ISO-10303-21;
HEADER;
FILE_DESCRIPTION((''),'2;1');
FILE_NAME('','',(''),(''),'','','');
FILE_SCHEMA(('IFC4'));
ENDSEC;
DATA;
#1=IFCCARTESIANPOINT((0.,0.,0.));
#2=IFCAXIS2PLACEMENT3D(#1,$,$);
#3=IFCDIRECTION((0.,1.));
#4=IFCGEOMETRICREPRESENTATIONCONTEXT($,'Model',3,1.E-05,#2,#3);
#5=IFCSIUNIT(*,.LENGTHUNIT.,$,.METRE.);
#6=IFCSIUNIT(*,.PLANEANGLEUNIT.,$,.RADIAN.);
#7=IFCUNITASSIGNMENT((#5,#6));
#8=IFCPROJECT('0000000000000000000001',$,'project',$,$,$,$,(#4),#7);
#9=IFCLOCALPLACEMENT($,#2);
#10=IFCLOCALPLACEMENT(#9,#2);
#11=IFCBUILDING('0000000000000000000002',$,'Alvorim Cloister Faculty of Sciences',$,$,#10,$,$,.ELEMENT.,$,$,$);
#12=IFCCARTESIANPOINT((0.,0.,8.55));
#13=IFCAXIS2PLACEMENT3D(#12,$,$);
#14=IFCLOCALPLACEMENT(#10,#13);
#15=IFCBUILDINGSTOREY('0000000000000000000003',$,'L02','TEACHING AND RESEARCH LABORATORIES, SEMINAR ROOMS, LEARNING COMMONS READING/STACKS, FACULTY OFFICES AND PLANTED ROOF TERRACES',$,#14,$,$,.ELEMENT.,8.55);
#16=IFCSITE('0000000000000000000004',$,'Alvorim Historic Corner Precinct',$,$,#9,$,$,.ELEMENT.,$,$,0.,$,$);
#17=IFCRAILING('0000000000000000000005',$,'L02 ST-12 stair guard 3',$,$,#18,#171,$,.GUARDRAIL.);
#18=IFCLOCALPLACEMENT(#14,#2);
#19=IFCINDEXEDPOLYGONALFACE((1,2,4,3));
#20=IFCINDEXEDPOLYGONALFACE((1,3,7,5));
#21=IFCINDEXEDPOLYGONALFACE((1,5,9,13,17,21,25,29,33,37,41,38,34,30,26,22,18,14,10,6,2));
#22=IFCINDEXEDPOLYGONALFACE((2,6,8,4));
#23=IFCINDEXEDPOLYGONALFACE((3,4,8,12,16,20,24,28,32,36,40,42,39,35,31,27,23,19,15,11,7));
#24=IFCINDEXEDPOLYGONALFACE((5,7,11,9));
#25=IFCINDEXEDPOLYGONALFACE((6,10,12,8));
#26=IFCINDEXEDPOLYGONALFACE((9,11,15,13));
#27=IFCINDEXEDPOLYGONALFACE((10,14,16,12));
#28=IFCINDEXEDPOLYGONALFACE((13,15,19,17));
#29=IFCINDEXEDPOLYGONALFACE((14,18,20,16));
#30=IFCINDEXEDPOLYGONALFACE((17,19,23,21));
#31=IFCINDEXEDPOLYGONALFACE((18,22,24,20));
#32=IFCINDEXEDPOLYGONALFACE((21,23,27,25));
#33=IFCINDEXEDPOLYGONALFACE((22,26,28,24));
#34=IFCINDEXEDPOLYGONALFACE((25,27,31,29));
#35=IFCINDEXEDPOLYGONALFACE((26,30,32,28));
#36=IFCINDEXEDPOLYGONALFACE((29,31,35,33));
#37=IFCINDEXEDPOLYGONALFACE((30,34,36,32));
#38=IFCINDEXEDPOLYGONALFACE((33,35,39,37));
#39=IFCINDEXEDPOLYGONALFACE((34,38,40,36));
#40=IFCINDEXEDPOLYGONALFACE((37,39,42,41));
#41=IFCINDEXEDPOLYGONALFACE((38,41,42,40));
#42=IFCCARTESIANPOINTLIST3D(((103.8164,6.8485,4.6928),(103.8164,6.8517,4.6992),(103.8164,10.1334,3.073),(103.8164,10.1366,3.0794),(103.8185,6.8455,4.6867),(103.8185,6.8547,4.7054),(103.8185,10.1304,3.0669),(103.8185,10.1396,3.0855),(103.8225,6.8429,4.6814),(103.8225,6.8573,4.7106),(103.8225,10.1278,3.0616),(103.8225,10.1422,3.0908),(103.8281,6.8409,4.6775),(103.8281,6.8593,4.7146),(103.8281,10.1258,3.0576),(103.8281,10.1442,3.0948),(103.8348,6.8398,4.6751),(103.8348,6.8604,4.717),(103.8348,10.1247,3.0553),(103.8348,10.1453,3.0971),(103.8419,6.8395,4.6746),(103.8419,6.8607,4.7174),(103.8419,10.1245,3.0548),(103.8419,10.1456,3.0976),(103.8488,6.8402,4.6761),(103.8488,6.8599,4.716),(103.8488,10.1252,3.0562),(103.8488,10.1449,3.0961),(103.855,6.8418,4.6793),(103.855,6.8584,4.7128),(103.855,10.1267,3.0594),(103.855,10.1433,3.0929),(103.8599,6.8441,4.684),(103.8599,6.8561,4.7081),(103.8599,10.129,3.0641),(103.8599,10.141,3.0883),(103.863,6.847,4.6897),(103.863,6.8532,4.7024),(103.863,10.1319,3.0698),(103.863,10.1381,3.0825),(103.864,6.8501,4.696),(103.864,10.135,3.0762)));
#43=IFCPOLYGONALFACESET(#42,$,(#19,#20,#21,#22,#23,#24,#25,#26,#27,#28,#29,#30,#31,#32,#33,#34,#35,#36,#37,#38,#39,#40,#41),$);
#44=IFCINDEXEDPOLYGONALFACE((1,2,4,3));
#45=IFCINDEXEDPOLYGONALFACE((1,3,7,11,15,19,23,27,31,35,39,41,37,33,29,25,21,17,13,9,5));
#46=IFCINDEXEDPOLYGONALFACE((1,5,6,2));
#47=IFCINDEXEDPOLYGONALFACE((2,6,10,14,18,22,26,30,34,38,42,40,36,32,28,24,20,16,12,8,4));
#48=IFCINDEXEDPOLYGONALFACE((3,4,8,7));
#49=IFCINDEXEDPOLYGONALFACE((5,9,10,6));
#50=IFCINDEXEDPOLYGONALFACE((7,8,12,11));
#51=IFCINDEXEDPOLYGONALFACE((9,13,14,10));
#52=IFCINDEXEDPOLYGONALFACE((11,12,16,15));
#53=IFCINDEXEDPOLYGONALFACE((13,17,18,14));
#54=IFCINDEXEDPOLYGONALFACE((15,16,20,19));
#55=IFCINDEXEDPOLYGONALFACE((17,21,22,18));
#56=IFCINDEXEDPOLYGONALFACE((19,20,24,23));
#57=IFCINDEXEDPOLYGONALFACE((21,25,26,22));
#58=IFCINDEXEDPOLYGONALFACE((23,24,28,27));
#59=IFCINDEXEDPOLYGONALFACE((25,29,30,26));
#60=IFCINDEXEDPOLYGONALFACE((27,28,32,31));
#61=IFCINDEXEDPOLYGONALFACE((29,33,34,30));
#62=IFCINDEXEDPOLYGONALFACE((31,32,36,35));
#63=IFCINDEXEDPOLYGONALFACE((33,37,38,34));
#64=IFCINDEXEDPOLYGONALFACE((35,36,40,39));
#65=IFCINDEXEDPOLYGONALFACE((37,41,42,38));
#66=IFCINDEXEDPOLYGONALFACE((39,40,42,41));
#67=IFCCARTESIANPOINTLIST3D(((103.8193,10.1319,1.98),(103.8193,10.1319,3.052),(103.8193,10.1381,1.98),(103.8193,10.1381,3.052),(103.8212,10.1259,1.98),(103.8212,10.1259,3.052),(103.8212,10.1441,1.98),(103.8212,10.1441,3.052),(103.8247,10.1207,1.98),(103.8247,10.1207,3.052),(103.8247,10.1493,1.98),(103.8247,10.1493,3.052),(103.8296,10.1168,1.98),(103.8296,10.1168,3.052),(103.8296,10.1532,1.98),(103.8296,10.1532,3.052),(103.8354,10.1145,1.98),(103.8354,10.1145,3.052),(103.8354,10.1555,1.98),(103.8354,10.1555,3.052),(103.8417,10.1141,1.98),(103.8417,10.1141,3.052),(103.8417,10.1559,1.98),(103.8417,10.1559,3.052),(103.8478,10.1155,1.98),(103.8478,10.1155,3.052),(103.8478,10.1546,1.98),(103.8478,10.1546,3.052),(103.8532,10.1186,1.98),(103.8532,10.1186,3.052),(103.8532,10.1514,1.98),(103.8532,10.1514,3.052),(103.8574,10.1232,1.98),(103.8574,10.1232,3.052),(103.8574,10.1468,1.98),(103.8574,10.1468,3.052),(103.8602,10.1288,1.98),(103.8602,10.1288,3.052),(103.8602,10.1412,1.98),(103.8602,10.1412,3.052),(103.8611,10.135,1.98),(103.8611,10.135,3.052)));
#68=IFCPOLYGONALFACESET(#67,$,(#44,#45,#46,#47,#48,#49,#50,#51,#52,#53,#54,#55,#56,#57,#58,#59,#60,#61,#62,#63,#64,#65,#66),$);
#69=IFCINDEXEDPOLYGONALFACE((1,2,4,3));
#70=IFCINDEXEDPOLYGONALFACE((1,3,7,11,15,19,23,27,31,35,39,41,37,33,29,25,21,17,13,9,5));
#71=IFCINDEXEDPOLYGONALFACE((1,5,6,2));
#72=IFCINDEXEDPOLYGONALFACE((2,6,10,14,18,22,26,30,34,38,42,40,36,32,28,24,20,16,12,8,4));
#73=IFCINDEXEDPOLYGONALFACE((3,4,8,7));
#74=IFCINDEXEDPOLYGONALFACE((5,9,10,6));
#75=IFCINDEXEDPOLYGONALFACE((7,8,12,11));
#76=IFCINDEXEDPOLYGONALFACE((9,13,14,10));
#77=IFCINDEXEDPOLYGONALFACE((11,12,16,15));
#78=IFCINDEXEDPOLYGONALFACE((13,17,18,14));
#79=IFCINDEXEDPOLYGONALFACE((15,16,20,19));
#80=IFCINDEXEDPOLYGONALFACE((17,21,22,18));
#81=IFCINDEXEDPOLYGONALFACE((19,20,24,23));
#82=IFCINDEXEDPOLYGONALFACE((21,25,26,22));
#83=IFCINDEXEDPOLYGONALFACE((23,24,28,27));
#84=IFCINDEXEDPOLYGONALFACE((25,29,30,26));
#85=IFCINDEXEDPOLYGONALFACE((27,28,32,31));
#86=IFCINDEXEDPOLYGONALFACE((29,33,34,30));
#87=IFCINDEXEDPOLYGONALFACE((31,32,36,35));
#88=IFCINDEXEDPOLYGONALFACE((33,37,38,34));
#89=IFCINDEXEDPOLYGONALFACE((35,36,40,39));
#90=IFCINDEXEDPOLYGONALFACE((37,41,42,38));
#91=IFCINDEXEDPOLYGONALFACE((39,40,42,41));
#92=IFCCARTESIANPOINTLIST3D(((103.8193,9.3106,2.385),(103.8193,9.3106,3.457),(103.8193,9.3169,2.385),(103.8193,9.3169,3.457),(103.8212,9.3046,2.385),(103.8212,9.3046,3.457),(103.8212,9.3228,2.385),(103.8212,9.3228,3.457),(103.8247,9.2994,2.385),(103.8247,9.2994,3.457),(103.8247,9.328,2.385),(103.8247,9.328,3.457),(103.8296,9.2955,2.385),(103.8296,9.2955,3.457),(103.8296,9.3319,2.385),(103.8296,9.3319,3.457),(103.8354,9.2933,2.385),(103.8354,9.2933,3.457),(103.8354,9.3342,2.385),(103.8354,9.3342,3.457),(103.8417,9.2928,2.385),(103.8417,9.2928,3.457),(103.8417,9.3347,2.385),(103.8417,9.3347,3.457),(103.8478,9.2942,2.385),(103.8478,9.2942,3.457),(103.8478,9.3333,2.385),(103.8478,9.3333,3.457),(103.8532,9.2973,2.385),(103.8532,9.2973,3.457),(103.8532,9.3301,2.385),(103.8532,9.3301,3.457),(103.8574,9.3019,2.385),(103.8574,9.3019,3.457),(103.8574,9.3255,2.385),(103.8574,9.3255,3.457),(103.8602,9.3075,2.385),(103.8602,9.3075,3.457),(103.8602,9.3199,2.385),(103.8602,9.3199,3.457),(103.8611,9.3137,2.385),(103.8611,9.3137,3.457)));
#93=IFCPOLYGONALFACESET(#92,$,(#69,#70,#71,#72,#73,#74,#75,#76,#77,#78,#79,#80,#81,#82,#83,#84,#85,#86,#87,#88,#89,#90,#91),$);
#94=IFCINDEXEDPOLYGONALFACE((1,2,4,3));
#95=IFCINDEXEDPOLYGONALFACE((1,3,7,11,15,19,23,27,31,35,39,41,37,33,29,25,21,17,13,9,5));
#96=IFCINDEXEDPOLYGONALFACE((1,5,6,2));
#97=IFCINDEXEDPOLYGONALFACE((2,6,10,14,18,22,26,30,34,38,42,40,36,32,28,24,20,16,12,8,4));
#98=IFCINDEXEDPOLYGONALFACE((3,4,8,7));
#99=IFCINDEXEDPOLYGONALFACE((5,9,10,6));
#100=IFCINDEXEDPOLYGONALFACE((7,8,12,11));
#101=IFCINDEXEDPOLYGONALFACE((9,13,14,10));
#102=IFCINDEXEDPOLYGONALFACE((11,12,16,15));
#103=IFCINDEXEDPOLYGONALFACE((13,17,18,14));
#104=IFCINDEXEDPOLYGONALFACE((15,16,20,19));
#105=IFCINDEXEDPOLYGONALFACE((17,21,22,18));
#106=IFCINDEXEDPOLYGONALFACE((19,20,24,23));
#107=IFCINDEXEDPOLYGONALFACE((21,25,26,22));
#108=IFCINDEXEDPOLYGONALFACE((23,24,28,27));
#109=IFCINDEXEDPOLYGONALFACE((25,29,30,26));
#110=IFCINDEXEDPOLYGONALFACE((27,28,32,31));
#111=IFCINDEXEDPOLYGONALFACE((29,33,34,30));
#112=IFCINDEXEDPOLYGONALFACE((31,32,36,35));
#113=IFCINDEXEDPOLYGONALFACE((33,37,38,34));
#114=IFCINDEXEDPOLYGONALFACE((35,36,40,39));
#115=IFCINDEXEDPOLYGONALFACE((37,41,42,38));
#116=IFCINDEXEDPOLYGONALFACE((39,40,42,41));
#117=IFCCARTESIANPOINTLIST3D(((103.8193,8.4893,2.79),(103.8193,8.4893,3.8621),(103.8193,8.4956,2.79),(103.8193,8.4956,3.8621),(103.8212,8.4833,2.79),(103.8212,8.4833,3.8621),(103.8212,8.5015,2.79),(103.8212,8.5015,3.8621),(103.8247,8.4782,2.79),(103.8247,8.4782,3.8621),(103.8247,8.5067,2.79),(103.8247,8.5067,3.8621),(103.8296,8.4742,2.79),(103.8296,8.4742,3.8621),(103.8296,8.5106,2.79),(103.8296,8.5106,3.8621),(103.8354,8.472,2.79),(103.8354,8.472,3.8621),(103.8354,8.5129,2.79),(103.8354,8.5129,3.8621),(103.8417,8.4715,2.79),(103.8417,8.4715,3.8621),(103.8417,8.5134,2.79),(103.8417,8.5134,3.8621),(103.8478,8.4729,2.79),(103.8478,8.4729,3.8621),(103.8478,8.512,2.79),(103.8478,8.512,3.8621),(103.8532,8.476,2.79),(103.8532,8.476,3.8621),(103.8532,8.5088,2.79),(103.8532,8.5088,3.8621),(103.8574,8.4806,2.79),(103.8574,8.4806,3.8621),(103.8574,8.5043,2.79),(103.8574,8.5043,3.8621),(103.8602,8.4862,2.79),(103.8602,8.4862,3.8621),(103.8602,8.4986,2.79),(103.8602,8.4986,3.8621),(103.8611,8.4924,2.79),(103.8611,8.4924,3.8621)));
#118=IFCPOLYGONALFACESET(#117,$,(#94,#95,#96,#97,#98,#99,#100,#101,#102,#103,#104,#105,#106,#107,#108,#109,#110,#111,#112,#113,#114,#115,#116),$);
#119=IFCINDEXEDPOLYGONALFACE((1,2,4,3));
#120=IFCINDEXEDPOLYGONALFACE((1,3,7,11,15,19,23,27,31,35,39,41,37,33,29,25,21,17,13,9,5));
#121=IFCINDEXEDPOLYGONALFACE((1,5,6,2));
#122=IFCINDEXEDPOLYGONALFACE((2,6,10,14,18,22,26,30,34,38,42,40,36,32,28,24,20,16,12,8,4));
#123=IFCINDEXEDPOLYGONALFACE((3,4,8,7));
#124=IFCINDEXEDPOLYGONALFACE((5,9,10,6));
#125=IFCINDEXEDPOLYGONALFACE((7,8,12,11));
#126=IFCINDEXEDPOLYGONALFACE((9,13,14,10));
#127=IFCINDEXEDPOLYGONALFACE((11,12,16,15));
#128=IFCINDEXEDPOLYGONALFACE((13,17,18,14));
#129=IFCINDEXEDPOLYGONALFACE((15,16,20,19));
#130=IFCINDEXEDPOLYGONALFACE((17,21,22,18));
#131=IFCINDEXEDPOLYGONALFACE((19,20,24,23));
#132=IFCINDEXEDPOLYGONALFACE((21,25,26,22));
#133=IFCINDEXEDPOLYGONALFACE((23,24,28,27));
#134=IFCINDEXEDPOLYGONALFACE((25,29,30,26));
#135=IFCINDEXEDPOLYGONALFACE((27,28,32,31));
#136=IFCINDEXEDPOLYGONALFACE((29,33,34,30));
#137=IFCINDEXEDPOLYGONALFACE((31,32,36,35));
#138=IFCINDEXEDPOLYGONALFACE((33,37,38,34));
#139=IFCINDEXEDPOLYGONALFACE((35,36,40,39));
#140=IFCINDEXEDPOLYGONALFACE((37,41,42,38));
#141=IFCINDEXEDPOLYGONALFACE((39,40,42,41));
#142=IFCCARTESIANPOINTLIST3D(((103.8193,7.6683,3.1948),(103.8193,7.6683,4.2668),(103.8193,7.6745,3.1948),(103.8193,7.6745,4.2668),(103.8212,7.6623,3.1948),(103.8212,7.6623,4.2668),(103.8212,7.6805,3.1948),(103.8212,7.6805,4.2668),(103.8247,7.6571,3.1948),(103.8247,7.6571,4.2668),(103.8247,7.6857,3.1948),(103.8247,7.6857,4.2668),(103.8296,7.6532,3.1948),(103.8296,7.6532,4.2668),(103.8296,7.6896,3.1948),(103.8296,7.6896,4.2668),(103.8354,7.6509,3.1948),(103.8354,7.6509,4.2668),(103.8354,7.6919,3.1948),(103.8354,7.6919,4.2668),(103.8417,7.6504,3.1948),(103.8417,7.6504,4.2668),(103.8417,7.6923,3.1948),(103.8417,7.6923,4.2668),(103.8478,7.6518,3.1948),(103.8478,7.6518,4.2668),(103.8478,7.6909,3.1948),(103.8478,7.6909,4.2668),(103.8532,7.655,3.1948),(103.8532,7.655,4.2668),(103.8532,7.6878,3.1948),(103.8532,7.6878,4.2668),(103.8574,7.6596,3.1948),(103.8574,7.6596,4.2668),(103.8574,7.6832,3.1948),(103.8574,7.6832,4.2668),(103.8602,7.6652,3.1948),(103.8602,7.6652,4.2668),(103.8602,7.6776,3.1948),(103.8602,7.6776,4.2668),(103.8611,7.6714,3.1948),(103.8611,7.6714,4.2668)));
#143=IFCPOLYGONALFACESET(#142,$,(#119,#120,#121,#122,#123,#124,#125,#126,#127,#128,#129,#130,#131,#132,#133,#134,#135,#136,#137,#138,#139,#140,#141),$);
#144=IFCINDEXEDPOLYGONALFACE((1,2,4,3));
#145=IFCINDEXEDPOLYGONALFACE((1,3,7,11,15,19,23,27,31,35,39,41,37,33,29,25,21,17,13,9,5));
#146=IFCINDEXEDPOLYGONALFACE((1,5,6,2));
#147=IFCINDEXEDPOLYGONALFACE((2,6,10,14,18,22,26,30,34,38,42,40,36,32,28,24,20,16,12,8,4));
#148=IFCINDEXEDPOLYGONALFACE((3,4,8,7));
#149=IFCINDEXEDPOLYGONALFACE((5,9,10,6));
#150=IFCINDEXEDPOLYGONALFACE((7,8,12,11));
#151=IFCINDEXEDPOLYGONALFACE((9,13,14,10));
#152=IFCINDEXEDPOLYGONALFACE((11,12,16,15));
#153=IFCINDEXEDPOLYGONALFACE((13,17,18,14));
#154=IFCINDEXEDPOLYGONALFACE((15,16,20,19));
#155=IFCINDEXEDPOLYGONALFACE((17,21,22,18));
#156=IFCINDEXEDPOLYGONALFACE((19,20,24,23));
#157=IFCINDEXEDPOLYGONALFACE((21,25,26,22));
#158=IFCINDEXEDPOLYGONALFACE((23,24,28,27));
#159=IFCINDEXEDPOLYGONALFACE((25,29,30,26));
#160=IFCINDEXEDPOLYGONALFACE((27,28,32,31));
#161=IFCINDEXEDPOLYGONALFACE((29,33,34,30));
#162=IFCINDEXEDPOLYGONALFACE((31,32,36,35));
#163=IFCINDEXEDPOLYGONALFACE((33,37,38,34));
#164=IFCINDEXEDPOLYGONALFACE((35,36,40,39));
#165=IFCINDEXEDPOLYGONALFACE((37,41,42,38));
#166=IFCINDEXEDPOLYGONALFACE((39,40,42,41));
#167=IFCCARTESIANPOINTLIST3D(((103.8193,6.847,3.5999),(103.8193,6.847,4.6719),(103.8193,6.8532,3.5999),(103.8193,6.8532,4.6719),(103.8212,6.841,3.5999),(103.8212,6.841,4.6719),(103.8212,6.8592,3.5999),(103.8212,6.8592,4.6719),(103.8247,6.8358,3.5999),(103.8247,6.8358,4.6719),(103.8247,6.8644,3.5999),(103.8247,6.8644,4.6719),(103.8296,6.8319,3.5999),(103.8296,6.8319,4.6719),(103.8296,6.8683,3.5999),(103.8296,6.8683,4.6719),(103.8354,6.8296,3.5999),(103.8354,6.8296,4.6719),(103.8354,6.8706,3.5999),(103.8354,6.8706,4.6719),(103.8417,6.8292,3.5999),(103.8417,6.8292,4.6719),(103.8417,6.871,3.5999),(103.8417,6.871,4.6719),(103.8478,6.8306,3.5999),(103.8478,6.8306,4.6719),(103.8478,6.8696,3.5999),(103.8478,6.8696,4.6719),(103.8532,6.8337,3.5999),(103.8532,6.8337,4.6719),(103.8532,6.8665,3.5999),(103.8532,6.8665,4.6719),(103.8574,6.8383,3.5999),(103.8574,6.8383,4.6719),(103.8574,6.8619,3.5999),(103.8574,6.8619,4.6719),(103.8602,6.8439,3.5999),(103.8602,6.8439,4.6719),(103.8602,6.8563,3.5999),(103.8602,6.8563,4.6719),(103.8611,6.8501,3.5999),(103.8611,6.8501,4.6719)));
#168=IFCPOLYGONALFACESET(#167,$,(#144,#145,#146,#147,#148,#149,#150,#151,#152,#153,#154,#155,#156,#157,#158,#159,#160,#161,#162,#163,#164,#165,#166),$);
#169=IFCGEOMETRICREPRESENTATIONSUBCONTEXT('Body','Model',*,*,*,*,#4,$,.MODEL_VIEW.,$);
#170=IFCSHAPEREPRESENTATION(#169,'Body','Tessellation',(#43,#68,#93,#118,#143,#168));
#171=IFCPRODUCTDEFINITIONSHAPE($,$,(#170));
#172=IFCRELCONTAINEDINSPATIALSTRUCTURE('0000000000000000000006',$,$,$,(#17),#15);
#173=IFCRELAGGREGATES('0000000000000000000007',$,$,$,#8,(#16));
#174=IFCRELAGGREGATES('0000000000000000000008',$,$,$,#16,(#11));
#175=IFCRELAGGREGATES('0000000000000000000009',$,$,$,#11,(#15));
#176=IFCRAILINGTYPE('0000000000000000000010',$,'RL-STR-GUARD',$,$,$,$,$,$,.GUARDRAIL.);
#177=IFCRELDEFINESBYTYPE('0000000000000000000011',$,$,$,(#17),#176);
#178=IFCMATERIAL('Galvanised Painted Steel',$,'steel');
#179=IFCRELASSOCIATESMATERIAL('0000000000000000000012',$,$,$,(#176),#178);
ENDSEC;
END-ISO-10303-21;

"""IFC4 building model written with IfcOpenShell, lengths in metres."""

from ifc_helpers import new_model, si_unit, direction, frame, origin, origin_2d, place, context, subcontext, project, spatial, circle, extrude, material, type_object, element, save


model = new_model("IFC4")

# Units and contexts
model_context = context("Model", 3, precision=1e-05, world=origin(), true_north=direction((0.0, 1.0)))
body_context = subcontext(model_context, "Body", "Model", "MODEL_VIEW")
ifc_project = project(units=[si_unit("LENGTHUNIT", "METRE"), si_unit("PLANEANGLEUNIT", "RADIAN")], contexts=[model_context])

# Site, building, storey
site_placement = place(None, origin())
site = spatial("IfcSite", under=ifc_project, at=site_placement, Name="Alvorim Historic Corner Precinct", CompositionType="ELEMENT", RefElevation=0.0)
building_placement = place(site_placement, origin())
building = spatial("IfcBuilding", under=site, at=building_placement, Name="Alvorim Cloister Faculty of Sciences", CompositionType="ELEMENT")
storey_placement = place(building_placement, frame((0.0, 0.0, 8.55)))
storey = spatial("IfcBuildingStorey", under=building, at=storey_placement, Name="L02", Description="TEACHING AND RESEARCH LABORATORIES, SEMINAR ROOMS, LEARNING COMMONS READING/STACKS, FACULTY OFFICES AND PLANTED ROOF TERRACES", CompositionType="ELEMENT", Elevation=8.55)

# Railing
ifc_material_1 = material(Name="Galvanised Painted Steel", Category="steel")
railing_type_1 = type_object("IfcRailingType", Name="RL-STR-GUARD", PredefinedType="GUARDRAIL", material=ifc_material_1)
railing_1_placement = place(storey_placement, frame((103.8401, 10.135, 1.98)))
element("IfcRailing", 1, at=railing_1_placement, inside=storey, type_object=railing_type_1, Name="L02 ST-12 stair guard 3", PredefinedType="GUARDRAIL", context=body_context, shape_type="SweptSolid", body=[
    extrude(circle(Radius=0.0239, at=origin_2d()), frame((0.0, 0.0, 1.0962), z_axis=(0.0, -0.89688, 0.442274), x_axis=(1.0, 0.0, 0.0)), (0.0, 0.0, 1.0), 3.6626),
    extrude(circle(Radius=0.021, at=origin_2d()), origin(), (0.0, 0.0, 1.0), 1.072),
    extrude(circle(Radius=0.021, at=origin_2d()), frame((0.0, -0.8213, 0.405)), (0.0, 0.0, 1.0), 1.072),
    extrude(circle(Radius=0.021, at=origin_2d()), frame((0.0, -1.6426, 0.8101)), (0.0, 0.0, 1.0), 1.072),
    extrude(circle(Radius=0.021, at=origin_2d()), frame((0.0, -2.4636, 1.2148)), (0.0, 0.0, 1.0), 1.072),
    extrude(circle(Radius=0.021, at=origin_2d()), frame((0.0, -3.2849, 1.6199)), (0.0, 0.0, 1.0), 1.072),
])

save(model, "model.ifc")
